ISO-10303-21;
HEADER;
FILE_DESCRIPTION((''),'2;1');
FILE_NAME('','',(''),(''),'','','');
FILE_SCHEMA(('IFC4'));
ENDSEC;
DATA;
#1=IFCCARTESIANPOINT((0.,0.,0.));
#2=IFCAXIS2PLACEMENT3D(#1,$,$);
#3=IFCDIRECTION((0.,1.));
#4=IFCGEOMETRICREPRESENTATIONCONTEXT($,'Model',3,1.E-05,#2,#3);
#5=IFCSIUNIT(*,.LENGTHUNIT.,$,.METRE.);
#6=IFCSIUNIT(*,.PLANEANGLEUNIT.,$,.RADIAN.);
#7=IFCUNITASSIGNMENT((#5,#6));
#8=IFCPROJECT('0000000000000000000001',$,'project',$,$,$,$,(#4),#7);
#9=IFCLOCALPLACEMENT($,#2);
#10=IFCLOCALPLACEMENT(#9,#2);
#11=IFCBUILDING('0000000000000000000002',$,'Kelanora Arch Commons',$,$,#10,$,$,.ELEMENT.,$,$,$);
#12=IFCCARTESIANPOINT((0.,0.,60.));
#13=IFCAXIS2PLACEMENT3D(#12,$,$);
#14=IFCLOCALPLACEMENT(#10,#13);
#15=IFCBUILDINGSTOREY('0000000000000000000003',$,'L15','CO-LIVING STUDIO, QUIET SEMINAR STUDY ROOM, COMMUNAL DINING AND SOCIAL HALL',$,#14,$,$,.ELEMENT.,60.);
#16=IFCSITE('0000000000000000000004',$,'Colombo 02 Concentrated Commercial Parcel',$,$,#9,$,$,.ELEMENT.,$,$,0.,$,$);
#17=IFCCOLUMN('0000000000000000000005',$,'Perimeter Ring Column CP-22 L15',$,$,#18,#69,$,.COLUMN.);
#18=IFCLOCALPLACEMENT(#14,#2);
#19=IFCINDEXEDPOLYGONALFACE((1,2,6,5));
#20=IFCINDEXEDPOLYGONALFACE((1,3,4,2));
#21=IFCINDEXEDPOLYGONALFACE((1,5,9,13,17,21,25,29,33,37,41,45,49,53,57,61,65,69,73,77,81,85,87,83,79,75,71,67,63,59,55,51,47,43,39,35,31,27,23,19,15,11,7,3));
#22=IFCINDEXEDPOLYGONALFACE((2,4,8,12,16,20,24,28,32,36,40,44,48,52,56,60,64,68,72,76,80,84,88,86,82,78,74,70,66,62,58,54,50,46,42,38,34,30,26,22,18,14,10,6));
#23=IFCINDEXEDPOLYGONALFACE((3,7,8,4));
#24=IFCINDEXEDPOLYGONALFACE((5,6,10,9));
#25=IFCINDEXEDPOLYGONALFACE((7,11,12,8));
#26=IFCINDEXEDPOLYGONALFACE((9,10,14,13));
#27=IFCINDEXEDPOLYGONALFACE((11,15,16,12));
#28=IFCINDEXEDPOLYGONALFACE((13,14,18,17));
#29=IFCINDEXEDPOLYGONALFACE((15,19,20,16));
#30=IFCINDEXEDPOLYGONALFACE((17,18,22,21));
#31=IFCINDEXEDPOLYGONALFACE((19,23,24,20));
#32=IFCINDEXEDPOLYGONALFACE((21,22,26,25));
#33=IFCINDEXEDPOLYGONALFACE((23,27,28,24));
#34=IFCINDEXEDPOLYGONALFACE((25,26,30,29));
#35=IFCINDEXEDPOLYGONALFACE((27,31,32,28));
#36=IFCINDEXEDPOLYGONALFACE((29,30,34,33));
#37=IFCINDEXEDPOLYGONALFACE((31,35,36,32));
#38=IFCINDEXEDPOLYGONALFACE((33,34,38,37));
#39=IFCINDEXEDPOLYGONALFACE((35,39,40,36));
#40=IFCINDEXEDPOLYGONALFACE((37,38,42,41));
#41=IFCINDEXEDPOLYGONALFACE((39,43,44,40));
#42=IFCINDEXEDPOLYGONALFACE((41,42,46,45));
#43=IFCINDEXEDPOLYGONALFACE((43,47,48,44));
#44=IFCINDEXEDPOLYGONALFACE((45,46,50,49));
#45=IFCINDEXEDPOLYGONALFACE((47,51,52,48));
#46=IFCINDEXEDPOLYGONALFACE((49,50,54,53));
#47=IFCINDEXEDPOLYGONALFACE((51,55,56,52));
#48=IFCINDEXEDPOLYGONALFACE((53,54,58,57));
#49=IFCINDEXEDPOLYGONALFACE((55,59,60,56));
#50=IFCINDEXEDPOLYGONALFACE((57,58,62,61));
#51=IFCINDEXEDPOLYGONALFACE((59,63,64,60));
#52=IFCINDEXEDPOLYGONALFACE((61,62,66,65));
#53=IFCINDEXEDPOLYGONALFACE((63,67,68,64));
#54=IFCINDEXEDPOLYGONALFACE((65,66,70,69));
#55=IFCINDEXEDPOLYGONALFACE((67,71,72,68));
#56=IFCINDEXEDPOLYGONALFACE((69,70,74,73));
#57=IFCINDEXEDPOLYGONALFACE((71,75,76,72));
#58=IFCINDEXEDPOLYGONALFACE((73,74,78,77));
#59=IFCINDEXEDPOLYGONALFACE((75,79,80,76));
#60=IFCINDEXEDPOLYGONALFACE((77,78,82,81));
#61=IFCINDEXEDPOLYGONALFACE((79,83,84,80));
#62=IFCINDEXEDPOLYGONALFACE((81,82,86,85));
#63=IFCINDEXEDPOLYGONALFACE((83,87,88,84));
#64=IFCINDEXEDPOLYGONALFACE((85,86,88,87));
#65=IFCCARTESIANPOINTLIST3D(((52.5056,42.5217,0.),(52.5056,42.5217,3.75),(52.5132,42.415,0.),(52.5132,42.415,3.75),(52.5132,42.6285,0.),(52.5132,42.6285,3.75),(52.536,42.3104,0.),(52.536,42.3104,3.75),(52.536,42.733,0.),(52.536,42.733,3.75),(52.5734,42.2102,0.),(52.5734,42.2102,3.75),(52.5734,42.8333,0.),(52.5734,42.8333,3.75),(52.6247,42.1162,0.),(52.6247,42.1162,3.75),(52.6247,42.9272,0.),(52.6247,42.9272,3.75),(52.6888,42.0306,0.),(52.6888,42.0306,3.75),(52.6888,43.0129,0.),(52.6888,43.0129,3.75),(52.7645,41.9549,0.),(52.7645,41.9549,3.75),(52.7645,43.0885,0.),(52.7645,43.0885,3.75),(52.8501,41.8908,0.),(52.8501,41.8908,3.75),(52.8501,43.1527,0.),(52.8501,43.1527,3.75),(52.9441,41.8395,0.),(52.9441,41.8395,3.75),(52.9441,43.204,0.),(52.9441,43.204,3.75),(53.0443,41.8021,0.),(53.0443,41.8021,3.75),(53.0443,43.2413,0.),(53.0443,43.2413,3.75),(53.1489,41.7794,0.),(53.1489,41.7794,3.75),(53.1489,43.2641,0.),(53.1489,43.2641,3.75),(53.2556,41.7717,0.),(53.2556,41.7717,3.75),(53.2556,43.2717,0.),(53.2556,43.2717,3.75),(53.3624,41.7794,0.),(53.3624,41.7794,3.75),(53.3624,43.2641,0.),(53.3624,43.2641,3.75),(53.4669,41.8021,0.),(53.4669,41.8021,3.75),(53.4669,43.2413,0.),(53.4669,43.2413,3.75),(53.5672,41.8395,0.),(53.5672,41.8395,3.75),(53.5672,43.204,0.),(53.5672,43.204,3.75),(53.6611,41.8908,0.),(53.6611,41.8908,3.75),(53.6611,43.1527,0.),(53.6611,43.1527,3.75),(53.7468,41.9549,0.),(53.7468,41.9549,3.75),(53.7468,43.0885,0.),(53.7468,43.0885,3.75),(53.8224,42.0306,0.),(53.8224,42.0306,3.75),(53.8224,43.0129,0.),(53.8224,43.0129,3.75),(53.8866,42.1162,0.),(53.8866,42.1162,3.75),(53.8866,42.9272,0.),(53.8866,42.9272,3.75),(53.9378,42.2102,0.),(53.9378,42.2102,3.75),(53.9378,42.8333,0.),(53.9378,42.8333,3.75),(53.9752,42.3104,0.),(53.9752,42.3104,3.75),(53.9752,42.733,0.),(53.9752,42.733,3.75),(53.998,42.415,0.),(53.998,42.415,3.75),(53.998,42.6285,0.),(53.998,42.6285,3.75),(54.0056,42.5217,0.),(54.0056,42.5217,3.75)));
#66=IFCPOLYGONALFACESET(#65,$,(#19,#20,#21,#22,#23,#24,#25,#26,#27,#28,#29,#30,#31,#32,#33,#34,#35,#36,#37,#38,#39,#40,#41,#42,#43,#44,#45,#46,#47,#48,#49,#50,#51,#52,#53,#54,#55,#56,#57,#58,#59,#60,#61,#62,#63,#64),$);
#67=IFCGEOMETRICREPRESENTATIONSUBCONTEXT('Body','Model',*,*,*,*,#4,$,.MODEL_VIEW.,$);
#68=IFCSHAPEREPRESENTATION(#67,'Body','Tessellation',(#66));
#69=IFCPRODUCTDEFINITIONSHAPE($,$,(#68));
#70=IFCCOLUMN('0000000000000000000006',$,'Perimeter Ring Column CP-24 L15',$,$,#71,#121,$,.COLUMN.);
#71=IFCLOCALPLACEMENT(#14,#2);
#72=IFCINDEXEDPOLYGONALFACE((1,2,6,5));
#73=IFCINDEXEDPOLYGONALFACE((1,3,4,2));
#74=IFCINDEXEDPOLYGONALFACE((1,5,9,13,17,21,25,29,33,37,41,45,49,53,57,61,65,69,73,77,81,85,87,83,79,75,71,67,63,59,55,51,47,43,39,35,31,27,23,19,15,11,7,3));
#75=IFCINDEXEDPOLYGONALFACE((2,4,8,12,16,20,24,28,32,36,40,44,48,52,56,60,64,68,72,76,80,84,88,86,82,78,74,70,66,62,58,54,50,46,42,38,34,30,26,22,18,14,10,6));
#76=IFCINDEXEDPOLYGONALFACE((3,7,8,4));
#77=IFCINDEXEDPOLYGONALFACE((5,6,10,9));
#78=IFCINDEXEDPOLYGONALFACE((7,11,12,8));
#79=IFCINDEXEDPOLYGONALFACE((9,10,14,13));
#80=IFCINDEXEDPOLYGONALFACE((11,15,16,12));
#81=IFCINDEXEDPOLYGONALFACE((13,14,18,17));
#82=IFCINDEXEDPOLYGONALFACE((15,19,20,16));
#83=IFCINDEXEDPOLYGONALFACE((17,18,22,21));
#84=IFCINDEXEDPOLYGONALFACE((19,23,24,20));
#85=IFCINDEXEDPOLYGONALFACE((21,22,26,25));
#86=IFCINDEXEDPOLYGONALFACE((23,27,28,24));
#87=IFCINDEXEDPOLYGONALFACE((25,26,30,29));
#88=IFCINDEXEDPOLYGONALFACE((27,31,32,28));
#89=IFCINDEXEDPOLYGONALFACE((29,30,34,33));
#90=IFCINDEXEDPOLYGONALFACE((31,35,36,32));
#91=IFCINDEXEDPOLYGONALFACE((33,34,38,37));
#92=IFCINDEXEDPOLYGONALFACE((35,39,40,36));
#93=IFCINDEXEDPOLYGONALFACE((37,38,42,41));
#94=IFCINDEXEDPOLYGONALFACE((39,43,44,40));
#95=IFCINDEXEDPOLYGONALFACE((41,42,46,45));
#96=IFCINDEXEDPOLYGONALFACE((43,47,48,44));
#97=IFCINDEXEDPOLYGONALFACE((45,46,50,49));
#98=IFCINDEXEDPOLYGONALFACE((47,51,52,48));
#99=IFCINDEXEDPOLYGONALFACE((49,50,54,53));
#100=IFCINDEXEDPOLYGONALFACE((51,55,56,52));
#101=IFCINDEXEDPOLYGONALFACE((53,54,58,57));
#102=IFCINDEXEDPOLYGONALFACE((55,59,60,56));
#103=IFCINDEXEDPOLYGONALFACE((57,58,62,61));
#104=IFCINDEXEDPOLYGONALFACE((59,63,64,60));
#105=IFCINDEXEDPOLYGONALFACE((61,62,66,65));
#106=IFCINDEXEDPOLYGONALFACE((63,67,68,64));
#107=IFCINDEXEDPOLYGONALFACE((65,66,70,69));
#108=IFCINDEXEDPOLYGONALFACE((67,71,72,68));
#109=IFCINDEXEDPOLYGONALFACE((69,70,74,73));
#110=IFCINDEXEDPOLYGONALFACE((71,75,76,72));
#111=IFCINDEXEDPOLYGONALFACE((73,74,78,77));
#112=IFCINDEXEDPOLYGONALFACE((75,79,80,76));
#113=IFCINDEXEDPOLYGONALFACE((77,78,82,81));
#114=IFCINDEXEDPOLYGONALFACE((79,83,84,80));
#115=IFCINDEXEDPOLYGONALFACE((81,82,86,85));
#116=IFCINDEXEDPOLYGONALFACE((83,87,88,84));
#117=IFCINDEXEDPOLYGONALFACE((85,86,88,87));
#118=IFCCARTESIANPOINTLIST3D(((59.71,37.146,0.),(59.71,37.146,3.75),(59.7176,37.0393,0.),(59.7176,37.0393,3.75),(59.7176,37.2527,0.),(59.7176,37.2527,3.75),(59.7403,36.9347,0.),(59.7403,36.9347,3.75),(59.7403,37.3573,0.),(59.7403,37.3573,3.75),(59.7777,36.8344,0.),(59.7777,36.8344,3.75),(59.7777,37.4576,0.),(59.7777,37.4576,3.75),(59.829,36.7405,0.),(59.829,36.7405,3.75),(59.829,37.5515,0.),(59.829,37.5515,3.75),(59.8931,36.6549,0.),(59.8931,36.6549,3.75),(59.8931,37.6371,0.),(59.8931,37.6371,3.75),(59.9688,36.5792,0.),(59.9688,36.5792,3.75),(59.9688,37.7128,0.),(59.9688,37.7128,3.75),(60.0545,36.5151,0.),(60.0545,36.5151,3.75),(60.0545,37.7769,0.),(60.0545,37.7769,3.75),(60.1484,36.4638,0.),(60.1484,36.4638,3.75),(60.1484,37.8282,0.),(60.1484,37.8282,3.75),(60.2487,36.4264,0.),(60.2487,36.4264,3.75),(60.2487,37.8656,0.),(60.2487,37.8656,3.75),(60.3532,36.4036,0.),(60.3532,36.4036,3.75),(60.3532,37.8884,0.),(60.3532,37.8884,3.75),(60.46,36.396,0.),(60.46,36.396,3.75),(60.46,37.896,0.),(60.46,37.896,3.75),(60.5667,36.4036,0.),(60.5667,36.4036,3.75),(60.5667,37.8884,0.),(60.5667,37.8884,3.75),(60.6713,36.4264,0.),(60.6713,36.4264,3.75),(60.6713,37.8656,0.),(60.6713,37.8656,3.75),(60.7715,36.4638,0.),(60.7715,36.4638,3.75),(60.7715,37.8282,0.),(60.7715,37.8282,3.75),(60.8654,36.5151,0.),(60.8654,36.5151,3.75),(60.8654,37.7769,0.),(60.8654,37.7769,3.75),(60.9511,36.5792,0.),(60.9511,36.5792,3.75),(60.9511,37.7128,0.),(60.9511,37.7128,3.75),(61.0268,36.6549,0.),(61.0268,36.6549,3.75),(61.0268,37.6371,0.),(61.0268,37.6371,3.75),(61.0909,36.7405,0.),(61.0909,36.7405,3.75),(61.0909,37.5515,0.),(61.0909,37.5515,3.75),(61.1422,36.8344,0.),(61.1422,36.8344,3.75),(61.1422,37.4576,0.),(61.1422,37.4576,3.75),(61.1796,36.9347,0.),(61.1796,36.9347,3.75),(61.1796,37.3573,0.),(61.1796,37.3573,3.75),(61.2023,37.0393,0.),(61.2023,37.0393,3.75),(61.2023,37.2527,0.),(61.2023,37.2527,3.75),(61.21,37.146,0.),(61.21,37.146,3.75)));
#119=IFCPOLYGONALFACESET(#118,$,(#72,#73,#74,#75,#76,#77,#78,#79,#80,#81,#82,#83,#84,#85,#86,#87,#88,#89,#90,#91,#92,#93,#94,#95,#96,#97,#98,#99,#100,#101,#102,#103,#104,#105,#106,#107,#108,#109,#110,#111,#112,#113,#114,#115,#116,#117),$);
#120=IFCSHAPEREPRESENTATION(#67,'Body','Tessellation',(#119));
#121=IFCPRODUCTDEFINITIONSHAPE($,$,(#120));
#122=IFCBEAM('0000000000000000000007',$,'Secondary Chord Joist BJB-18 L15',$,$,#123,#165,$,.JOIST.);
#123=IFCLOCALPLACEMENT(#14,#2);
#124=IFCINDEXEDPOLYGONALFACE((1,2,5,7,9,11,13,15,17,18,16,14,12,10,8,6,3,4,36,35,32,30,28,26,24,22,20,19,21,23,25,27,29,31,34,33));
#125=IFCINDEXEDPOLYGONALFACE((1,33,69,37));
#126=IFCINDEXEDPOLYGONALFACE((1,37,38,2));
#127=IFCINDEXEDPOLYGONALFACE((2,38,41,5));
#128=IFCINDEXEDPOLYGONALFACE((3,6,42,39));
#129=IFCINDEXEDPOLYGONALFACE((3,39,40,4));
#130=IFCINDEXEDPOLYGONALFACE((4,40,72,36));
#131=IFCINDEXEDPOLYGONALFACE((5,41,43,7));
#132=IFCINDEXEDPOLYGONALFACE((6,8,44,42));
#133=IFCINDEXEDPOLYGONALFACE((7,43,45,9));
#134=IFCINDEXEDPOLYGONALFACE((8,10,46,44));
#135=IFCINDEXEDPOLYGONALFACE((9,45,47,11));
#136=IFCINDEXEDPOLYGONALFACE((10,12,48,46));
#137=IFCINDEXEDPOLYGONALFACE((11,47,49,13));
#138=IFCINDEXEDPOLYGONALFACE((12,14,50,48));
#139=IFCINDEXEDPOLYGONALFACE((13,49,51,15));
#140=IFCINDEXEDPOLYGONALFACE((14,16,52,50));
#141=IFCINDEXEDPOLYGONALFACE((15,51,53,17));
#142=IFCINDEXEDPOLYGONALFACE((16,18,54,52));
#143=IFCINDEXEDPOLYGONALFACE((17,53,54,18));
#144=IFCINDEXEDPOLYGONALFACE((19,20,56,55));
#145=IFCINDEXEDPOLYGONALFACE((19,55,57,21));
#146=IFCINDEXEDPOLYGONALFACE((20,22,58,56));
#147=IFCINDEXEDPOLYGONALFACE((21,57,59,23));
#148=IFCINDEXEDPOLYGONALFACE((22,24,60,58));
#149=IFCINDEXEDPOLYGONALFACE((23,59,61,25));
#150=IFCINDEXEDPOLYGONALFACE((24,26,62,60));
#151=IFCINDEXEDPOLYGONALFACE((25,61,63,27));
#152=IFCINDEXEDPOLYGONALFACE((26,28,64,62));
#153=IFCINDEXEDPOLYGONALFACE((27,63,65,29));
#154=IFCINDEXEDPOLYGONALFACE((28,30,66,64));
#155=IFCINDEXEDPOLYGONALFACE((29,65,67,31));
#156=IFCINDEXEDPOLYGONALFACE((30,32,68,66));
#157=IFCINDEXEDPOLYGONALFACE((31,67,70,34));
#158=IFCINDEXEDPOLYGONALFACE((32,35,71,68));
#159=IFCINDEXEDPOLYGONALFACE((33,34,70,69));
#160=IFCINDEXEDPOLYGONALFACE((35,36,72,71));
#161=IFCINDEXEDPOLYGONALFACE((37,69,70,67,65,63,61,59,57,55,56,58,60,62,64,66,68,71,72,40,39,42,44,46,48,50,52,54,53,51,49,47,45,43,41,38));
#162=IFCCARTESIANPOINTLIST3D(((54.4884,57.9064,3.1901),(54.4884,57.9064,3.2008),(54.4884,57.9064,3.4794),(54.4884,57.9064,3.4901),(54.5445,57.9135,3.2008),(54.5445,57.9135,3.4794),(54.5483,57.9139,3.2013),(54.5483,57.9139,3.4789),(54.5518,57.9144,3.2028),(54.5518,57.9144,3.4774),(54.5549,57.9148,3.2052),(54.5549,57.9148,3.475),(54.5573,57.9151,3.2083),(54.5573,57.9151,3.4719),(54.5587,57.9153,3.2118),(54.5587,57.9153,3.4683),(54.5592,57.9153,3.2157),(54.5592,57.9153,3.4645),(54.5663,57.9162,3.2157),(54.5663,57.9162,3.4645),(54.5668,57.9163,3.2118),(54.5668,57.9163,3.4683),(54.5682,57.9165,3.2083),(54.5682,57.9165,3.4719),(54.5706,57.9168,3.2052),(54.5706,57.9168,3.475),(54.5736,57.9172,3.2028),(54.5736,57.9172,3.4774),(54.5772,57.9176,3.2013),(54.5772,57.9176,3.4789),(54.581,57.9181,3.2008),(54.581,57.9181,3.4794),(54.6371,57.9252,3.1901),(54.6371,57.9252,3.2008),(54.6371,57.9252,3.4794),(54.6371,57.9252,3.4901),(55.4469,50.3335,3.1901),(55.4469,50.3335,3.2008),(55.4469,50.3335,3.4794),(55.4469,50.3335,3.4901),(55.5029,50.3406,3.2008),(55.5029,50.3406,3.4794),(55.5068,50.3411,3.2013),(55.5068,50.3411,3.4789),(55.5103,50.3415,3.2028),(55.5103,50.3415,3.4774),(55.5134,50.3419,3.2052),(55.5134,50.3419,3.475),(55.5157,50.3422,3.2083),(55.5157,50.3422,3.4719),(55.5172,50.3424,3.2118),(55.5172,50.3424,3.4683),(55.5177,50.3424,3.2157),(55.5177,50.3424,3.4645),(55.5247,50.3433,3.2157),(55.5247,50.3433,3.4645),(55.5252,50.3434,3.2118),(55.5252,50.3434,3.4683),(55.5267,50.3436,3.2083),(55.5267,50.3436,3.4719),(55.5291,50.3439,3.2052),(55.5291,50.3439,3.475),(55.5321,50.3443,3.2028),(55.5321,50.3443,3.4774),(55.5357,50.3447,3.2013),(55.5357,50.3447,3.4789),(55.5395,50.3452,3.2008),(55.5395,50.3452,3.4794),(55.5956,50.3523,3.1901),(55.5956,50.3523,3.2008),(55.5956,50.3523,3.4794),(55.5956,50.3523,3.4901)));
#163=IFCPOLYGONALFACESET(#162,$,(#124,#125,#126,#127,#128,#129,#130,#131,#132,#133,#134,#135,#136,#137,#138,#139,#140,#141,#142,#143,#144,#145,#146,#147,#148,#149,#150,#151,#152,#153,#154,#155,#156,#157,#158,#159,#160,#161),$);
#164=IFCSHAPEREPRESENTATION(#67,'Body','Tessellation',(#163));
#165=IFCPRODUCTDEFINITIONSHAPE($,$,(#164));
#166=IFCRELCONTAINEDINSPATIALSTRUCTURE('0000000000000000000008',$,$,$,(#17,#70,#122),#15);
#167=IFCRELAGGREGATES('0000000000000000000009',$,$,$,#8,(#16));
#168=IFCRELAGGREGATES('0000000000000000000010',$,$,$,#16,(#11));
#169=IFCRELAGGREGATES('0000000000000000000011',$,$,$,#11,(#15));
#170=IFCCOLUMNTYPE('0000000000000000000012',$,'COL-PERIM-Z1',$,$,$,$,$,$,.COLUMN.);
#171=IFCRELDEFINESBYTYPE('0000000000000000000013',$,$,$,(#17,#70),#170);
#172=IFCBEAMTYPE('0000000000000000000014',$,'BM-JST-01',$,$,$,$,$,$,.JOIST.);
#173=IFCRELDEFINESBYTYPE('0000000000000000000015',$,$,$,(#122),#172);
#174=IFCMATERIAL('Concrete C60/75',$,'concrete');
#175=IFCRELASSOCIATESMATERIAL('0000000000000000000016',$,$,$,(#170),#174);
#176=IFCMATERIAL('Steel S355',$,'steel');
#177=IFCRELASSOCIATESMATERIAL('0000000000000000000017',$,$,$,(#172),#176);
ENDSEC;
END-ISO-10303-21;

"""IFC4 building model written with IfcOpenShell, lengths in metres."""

from ifc_helpers import new_model, si_unit, direction, frame, origin, origin_2d, place, context, subcontext, project, spatial, circle, i_section, extrude, material, material_profile, profile_set, type_object, element, save


model = new_model("IFC4")

# Units and contexts
model_context = context("Model", 3, precision=1e-05, world=origin(), true_north=direction((0.0, 1.0)))
body_context = subcontext(model_context, "Body", "Model", "MODEL_VIEW")
ifc_project = project(units=[si_unit("LENGTHUNIT", "METRE"), si_unit("PLANEANGLEUNIT", "RADIAN")], contexts=[model_context])

# Site, building, storey
site_placement = place(None, origin())
site = spatial("IfcSite", under=ifc_project, at=site_placement, Name="Colombo 02 Concentrated Commercial Parcel", CompositionType="ELEMENT", RefElevation=0.0)
building_placement = place(site_placement, origin())
building = spatial("IfcBuilding", under=site, at=building_placement, Name="Kelanora Arch Commons", CompositionType="ELEMENT")
storey_placement = place(building_placement, frame((0.0, 0.0, 60.0)))
storey = spatial("IfcBuildingStorey", under=building, at=storey_placement, Name="L15", Description="CO-LIVING STUDIO, QUIET SEMINAR STUDY ROOM, COMMUNAL DINING AND SOCIAL HALL", CompositionType="ELEMENT", Elevation=60.0)

# Columns
ifc_material_1 = material(Name="Concrete C60/75", Category="concrete")
ifc_material_profile_1 = material_profile(ifc_material_1, circle(Radius=0.75, at=origin_2d()), Name="RCC1500")
ifc_profile_set_1 = profile_set([ifc_material_profile_1], Name="Concrete C60/75")
column_type = type_object("IfcColumnType", Name="COL-PERIM-Z1", PredefinedType="COLUMN", material=ifc_profile_set_1)
for number, where, z_axis, x_axis, name in (
    (1, (53.2556, 42.5217, 0.0), (0.0, 0.0, 1.0), (1.0, 0.0, 0.0), "Perimeter Ring Column CP-22 L15"),
    (2, (60.46, 37.146, 0.0), (0.0, 0.0, 1.0), (1.0, 0.0, 0.0), "Perimeter Ring Column CP-24 L15"),
):
    element("IfcColumn", number, at=place(storey_placement, frame(where, z_axis=z_axis, x_axis=x_axis)), inside=storey, type_object=column_type, Name=name, PredefinedType="COLUMN", context=body_context, shape_type="SweptSolid", body=[
        extrude(circle(Radius=0.75, at=origin_2d()), origin(), (0.0, 0.0, 1.0), 3.75),
    ])

# Beam
ifc_material_2 = material(Name="Steel S355", Category="steel")
ifc_material_profile_2 = material_profile(ifc_material_2, i_section(OverallWidth=0.1499, OverallDepth=0.3, WebThickness=0.0071, FlangeThickness=0.0107, FilletRadius=0.0149, at=origin_2d()), Name="IPE300")
ifc_profile_set_2 = profile_set([ifc_material_profile_2], Name="Steel S355")
beam_type_1 = type_object("IfcBeamType", Name="BM-JST-01", PredefinedType="JOIST", material=ifc_profile_set_2)
beam_1_placement = place(storey_placement, frame((54.5627, 57.9158, 3.3401), z_axis=(0.125566, -0.992085, 0.0), x_axis=(0.992085, 0.125566, 0.0)))
element("IfcBeam", 3, at=beam_1_placement, inside=storey, type_object=beam_type_1, Name="Secondary Chord Joist BJB-18 L15", PredefinedType="JOIST", context=body_context, shape_type="SweptSolid", body=[
    extrude(i_section(OverallWidth=0.1499, OverallDepth=0.3, WebThickness=0.0071, FlangeThickness=0.0107, FilletRadius=0.0149, at=origin_2d()), origin(), (0.0, 0.0, 1.0), 7.6333),
])

save(model, "model.ifc")
